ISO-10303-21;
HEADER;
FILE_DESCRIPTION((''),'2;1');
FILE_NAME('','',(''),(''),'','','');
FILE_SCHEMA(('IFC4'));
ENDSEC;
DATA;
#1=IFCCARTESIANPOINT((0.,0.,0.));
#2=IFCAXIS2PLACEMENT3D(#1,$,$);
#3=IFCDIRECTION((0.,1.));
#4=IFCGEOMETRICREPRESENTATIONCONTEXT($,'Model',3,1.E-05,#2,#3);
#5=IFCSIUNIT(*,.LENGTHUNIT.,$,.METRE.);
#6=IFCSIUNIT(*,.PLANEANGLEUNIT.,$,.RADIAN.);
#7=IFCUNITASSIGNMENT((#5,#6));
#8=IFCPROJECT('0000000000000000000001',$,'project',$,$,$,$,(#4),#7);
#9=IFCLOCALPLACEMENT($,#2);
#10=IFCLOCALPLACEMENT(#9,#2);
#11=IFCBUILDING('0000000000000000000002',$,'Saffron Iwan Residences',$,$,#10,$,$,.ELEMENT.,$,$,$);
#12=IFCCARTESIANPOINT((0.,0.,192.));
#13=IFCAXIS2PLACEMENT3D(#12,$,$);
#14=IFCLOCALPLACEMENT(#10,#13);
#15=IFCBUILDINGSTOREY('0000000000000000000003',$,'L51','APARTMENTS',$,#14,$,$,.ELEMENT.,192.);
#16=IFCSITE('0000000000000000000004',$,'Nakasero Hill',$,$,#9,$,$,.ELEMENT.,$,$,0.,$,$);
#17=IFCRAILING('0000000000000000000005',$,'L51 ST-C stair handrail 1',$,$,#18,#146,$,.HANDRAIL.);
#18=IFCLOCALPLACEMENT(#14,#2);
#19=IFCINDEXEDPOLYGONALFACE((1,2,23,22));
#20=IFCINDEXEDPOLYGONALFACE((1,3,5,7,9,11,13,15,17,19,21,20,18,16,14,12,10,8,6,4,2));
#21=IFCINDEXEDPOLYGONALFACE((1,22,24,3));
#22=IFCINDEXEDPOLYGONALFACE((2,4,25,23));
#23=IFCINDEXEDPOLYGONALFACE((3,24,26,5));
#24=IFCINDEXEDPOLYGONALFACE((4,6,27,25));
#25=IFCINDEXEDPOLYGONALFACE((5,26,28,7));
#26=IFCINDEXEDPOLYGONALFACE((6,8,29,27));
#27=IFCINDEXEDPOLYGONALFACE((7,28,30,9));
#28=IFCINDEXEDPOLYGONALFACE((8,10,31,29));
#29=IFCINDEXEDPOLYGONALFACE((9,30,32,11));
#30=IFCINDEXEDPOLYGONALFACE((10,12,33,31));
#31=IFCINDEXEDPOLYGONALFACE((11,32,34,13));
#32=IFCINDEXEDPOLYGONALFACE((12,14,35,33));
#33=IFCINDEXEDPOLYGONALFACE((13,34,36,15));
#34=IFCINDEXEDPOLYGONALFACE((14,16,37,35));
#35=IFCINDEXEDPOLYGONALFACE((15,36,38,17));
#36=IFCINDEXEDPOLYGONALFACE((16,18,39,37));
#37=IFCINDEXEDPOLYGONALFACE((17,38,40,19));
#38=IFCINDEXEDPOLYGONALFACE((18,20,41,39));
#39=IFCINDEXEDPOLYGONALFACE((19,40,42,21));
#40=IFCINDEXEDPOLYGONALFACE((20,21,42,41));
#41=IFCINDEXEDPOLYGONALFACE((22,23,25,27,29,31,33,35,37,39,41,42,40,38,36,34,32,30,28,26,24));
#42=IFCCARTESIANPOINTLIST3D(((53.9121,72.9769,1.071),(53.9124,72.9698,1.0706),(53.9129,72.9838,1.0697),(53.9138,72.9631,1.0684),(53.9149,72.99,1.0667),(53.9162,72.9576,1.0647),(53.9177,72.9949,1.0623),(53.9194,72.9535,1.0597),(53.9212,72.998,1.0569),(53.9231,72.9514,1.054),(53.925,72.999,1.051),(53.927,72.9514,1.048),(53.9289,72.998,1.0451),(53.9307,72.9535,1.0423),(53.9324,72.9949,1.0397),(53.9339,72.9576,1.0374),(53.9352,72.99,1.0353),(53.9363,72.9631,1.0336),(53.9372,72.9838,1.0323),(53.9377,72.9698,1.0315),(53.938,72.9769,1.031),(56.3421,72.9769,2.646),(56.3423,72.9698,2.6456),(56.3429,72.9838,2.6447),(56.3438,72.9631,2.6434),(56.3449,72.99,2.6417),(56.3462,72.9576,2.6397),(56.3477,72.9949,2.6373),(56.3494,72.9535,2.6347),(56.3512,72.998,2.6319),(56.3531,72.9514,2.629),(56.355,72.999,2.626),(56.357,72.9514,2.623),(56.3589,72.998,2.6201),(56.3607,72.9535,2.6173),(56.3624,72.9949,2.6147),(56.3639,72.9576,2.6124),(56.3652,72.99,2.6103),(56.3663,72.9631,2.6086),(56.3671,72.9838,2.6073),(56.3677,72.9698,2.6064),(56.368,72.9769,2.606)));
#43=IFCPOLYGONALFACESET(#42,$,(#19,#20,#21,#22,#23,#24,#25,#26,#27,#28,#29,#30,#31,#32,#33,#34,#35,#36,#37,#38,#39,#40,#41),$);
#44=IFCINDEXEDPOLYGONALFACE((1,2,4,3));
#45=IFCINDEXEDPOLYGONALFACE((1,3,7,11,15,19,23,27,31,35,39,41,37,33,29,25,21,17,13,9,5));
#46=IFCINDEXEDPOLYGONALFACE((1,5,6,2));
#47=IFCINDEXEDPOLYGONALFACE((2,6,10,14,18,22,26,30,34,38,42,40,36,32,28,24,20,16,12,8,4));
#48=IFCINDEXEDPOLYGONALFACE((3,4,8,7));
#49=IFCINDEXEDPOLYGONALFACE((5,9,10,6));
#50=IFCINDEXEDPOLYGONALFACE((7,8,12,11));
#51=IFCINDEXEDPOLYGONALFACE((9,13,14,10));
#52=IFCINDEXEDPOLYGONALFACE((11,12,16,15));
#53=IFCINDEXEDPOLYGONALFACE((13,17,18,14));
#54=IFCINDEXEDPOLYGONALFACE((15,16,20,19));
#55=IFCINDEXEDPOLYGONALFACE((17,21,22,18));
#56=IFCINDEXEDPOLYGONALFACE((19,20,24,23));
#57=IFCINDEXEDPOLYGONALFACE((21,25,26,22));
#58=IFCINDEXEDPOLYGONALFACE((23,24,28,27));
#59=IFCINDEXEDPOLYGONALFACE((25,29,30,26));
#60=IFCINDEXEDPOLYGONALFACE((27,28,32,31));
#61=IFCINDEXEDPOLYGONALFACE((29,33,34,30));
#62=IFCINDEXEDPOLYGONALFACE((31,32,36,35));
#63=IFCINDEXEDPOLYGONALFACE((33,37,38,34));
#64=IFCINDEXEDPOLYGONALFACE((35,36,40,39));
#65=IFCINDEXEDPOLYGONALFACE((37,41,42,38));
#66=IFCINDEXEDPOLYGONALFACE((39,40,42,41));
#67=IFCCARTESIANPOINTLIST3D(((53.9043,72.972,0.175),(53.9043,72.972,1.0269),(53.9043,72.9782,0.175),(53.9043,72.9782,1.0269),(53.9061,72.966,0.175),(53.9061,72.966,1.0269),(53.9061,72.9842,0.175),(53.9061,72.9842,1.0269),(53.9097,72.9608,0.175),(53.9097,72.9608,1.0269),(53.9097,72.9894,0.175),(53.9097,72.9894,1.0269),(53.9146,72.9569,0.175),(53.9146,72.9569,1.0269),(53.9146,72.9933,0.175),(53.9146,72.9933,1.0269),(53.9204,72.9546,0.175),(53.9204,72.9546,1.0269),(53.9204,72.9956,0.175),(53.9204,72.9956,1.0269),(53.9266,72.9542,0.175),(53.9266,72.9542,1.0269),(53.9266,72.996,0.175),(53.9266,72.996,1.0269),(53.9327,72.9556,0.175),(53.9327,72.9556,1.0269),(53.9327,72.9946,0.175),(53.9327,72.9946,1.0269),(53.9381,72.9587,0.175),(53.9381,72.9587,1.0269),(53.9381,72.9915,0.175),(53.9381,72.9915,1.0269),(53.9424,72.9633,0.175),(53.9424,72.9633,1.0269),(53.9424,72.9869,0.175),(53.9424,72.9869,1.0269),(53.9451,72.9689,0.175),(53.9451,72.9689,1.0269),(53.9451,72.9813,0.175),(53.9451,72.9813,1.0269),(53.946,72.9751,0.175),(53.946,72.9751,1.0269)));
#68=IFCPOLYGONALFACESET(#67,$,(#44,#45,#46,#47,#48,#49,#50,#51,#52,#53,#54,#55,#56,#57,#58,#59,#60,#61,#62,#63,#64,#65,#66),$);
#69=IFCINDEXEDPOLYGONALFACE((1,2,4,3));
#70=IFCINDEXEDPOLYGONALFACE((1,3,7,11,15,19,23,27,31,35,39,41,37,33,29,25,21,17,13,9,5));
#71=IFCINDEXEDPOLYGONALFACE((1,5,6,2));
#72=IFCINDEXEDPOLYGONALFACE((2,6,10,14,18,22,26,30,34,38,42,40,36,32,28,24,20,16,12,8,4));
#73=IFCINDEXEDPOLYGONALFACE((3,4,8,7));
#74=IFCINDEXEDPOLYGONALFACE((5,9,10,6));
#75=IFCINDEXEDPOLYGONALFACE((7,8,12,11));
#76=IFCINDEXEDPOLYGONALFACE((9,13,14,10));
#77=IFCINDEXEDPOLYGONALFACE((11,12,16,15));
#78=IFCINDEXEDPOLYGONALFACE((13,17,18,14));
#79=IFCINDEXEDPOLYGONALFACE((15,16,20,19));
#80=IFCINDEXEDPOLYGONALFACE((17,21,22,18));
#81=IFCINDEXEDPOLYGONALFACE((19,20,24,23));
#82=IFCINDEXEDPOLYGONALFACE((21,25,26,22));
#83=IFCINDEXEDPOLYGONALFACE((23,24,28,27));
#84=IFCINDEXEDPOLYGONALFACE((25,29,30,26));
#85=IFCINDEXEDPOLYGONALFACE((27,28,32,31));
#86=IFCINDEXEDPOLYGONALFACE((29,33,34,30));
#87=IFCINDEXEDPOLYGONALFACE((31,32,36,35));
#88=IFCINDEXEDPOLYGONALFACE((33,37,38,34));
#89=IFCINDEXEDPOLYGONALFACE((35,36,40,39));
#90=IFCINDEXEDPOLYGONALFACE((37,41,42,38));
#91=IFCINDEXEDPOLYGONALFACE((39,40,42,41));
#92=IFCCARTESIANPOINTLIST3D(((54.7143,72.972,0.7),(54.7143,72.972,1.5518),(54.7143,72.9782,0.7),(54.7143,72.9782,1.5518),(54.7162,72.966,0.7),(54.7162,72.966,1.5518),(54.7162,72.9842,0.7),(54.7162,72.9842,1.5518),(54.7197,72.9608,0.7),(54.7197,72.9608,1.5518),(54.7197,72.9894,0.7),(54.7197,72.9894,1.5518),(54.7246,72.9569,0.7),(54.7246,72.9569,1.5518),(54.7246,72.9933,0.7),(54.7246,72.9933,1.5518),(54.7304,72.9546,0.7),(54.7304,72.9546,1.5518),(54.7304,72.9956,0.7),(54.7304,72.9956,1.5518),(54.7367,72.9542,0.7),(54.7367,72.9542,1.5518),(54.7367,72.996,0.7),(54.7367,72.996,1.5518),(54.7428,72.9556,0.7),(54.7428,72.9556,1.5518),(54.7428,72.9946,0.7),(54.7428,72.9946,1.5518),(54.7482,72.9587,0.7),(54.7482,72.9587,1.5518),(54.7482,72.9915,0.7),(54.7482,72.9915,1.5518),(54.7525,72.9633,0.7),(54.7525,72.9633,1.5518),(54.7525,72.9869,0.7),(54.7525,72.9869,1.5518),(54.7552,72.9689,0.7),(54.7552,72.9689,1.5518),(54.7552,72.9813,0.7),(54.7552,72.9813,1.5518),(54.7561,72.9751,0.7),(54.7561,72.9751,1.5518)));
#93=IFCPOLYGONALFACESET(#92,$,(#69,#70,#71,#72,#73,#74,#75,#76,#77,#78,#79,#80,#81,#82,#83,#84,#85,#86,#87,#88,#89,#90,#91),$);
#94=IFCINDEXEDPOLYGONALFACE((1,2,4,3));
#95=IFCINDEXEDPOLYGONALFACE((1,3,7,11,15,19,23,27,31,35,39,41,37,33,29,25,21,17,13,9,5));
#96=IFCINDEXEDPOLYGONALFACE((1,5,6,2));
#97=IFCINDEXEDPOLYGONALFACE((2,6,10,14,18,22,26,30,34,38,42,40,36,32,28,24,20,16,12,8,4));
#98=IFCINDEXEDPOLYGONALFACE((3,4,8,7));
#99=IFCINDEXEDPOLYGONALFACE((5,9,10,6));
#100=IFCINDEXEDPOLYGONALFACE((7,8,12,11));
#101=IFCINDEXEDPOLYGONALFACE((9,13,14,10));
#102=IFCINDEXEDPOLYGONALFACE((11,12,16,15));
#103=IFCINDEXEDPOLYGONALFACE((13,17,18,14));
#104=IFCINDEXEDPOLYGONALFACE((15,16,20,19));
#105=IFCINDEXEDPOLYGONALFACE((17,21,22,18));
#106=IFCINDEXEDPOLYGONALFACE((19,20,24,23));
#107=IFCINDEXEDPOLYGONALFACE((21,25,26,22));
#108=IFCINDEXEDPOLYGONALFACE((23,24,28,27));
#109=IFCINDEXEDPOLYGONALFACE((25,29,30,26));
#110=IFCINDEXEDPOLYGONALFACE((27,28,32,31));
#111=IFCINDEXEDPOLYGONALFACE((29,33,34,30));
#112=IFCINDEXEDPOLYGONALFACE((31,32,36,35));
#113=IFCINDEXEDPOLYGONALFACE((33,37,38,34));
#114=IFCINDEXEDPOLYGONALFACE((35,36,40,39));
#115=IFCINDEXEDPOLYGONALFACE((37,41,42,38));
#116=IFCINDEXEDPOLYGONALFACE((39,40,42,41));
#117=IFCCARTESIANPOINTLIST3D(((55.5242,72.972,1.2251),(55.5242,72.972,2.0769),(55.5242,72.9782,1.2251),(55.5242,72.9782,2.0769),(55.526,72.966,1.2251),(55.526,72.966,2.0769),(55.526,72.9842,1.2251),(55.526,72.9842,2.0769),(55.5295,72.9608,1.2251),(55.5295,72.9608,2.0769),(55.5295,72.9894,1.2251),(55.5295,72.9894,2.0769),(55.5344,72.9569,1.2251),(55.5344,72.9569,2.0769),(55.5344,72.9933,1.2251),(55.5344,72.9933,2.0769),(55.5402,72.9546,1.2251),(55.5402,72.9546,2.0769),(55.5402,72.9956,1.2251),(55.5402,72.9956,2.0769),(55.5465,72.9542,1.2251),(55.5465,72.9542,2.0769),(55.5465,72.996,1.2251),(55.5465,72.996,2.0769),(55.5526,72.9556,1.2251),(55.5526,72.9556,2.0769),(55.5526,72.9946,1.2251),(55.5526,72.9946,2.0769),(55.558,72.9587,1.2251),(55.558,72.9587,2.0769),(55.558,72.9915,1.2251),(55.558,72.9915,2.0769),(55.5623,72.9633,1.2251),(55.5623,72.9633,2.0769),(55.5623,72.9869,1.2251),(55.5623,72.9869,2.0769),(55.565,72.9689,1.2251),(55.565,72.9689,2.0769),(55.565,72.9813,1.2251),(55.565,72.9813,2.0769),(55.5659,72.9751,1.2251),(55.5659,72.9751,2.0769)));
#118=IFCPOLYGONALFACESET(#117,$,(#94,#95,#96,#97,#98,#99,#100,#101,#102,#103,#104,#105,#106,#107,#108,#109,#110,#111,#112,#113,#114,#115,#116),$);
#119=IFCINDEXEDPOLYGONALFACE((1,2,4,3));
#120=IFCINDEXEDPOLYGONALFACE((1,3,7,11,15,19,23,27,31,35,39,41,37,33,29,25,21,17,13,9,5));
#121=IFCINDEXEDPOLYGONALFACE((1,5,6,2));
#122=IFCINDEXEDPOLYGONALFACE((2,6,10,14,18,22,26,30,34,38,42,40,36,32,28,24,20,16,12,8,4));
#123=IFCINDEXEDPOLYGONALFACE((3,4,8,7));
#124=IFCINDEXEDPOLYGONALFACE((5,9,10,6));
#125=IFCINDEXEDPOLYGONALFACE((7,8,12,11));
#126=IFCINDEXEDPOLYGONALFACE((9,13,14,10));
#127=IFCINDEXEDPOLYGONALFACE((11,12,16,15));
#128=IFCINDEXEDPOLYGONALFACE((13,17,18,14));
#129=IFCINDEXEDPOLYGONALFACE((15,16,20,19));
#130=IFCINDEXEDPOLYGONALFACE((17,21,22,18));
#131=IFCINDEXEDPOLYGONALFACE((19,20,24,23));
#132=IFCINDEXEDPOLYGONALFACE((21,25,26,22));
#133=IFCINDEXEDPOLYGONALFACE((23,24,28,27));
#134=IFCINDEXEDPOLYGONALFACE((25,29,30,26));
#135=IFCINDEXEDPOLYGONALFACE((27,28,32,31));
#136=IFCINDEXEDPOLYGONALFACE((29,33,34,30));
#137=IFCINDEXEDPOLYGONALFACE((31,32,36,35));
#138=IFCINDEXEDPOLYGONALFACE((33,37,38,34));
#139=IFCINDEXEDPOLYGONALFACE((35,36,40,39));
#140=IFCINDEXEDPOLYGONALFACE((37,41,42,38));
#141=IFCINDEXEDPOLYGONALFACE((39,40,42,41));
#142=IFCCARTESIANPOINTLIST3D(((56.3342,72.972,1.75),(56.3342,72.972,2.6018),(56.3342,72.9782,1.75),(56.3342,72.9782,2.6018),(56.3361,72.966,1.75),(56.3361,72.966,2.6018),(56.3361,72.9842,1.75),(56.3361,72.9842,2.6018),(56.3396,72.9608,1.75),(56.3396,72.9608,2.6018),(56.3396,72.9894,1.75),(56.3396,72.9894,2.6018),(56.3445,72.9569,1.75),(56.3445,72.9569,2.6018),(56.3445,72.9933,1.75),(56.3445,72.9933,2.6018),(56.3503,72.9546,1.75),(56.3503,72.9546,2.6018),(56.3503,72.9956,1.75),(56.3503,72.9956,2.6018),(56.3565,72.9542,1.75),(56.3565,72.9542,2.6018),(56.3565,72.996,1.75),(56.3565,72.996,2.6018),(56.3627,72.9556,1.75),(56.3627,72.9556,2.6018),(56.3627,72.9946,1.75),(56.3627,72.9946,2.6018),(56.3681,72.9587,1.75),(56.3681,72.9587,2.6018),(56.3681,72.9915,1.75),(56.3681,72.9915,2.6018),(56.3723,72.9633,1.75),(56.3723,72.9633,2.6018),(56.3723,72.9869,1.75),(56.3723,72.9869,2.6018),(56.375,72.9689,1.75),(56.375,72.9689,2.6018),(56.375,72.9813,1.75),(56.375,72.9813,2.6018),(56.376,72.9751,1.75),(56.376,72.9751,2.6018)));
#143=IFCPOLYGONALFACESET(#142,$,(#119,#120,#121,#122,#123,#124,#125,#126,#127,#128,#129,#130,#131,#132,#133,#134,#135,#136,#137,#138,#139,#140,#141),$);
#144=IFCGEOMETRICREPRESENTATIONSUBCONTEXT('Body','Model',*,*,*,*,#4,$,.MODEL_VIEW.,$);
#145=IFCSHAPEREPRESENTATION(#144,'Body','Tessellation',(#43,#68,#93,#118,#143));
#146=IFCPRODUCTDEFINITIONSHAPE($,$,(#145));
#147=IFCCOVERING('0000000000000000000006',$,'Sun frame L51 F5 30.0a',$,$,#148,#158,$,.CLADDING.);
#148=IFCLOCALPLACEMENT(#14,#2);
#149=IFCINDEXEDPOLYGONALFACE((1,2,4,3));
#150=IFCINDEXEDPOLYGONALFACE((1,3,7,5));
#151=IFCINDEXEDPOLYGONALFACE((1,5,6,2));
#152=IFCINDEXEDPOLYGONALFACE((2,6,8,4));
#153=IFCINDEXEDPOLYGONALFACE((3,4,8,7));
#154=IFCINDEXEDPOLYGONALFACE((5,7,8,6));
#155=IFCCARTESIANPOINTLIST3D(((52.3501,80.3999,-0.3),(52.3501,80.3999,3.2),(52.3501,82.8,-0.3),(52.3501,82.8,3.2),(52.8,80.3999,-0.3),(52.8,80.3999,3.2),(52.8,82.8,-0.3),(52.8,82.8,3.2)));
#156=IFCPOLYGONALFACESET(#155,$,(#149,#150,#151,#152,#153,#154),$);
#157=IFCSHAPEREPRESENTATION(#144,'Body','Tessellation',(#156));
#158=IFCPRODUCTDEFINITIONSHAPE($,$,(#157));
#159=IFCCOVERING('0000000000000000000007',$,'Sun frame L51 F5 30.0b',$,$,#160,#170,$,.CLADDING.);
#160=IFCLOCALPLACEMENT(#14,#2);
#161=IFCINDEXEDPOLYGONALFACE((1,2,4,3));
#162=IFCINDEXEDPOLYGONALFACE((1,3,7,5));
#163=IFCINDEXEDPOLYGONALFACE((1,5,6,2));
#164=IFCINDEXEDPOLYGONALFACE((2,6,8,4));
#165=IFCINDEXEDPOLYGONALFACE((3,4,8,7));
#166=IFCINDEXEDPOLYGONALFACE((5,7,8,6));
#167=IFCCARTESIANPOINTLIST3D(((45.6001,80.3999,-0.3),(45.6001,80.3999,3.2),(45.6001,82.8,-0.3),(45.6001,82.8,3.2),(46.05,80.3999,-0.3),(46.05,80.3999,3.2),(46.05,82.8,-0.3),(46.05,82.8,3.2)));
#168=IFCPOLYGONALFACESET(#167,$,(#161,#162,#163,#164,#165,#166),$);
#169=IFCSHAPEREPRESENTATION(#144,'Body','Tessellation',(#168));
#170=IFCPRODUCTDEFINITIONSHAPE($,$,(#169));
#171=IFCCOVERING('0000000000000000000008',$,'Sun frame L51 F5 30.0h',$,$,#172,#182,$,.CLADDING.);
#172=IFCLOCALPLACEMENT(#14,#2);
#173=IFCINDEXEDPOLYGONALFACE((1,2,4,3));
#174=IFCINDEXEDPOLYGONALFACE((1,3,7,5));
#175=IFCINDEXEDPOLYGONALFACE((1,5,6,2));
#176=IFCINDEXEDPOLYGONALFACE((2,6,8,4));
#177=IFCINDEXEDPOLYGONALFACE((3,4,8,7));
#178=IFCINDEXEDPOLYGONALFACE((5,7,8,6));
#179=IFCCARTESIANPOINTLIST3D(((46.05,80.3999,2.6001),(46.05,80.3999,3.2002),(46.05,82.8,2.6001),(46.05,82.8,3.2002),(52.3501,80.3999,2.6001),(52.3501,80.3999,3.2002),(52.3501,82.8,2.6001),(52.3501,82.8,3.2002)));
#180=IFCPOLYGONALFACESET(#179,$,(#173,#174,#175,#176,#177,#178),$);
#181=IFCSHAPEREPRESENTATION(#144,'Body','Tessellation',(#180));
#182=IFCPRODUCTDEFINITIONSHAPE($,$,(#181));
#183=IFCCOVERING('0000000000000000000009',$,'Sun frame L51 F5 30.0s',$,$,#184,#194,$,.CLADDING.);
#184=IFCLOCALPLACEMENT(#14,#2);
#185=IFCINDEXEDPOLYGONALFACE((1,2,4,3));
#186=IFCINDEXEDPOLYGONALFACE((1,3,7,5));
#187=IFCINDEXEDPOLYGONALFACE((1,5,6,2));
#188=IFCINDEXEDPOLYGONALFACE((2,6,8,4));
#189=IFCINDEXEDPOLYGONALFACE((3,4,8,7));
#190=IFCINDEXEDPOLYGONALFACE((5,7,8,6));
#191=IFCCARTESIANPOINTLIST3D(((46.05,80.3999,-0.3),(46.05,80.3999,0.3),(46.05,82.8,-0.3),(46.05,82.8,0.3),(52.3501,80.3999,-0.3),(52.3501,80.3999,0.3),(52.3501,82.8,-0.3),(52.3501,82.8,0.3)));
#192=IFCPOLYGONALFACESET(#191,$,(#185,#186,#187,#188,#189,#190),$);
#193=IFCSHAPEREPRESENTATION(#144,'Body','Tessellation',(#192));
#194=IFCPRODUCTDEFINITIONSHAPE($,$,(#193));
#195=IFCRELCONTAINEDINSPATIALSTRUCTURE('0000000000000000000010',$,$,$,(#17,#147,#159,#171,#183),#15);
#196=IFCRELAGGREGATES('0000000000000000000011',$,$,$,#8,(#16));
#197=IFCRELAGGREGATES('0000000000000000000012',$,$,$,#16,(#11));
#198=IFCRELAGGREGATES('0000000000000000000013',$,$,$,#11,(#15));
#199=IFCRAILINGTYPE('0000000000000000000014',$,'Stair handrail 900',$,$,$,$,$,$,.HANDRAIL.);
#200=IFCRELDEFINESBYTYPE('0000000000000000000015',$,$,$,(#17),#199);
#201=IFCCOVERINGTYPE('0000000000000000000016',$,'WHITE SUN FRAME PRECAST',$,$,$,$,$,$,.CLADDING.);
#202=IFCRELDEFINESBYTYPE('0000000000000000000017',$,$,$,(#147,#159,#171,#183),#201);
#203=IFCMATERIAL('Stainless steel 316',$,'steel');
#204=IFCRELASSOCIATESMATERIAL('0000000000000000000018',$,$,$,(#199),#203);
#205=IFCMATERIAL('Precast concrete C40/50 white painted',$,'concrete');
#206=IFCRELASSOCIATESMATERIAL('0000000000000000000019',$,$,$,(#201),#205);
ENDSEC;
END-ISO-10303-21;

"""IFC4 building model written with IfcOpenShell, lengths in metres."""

from ifc_helpers import new_model, si_unit, direction, frame, origin, origin_2d, place, context, subcontext, project, spatial, polyline, circle, outline, extrude, material, type_object, element, save


model = new_model("IFC4")

# Units and contexts
model_context = context("Model", 3, precision=1e-05, world=origin(), true_north=direction((0.0, 1.0)))
body_context = subcontext(model_context, "Body", "Model", "MODEL_VIEW")
ifc_project = project(units=[si_unit("LENGTHUNIT", "METRE"), si_unit("PLANEANGLEUNIT", "RADIAN")], contexts=[model_context])

# Site, building, storey
site_placement = place(None, origin())
site = spatial("IfcSite", under=ifc_project, at=site_placement, Name="Nakasero Hill", CompositionType="ELEMENT", RefElevation=0.0)
building_placement = place(site_placement, origin())
building = spatial("IfcBuilding", under=site, at=building_placement, Name="Saffron Iwan Residences", CompositionType="ELEMENT")
storey_placement = place(building_placement, frame((0.0, 0.0, 192.0)))
storey = spatial("IfcBuildingStorey", under=building, at=storey_placement, Name="L51", Description="APARTMENTS", CompositionType="ELEMENT", Elevation=192.0)

# Railing
ifc_material_1 = material(Name="Stainless steel 316", Category="steel")
railing_type_1 = type_object("IfcRailingType", Name="Stair handrail 900", PredefinedType="HANDRAIL", material=ifc_material_1)
railing_1_placement = place(storey_placement, frame((53.925, 72.9751, 0.175)))
element("IfcRailing", 1, at=railing_1_placement, inside=storey, type_object=railing_type_1, Name="L51 ST-C stair handrail 1", PredefinedType="HANDRAIL", context=body_context, shape_type="SweptSolid", body=[
    extrude(circle(Radius=0.0239, at=origin_2d()), frame((0.0, 0.0, 0.876), z_axis=(0.839154, 0.0, 0.543894), x_axis=(0.0, 1.0, 0.0)), (0.0, 0.0, 1.0), 2.8958),
    extrude(circle(Radius=0.021, at=origin_2d()), origin(), (0.0, 0.0, 1.0), 0.8518),
    extrude(circle(Radius=0.021, at=origin_2d()), frame((0.8101, 0.0, 0.5249)), (0.0, 0.0, 1.0), 0.8518),
    extrude(circle(Radius=0.021, at=origin_2d()), frame((1.6199, 0.0, 1.05)), (0.0, 0.0, 1.0), 0.8518),
    extrude(circle(Radius=0.021, at=origin_2d()), frame((2.4299, 0.0, 1.575)), (0.0, 0.0, 1.0), 0.8518),
])

# Coverings
ifc_material_2 = material(Name="Precast concrete C40/50 white painted", Category="concrete")
covering_type_1 = type_object("IfcCoveringType", Name="WHITE SUN FRAME PRECAST", PredefinedType="CLADDING", material=ifc_material_2)
for number, where, z_axis, x_axis, name in (
    (2, (52.8, 80.3999, -0.3), (0.0, 1.0, 0.0), (-1.0, 0.0, 0.0), "Sun frame L51 F5 30.0a"),
    (3, (46.05, 80.3999, -0.3), (0.0, 1.0, 0.0), (-1.0, 0.0, 0.0), "Sun frame L51 F5 30.0b"),
):
    element("IfcCovering", number, at=place(storey_placement, frame(where, z_axis=z_axis, x_axis=x_axis)), inside=storey, type_object=covering_type_1, Name=name, PredefinedType="CLADDING", context=body_context, shape_type="SweptSolid", body=[
        extrude(outline(polyline([(0.0, 0.0), (0.45, 0.0), (0.45, 3.5), (0.0, 3.5), (0.0, 0.0)])), origin(), (0.0, 0.0, 1.0), 2.4001),
    ])
for number, where, z_axis, x_axis, name in (
    (4, (52.3501, 80.3999, 2.6001), (0.0, 1.0, 0.0), (-1.0, 0.0, 0.0), "Sun frame L51 F5 30.0h"),
    (5, (52.3501, 80.3999, -0.3), (0.0, 1.0, 0.0), (-1.0, 0.0, 0.0), "Sun frame L51 F5 30.0s"),
):
    element("IfcCovering", number, at=place(storey_placement, frame(where, z_axis=z_axis, x_axis=x_axis)), inside=storey, type_object=covering_type_1, Name=name, PredefinedType="CLADDING", context=body_context, shape_type="SweptSolid", body=[
        extrude(outline(polyline([(0.0, 0.0), (6.3, 0.0), (6.3, 0.6001), (0.0, 0.6001), (0.0, 0.0)])), origin(), (0.0, 0.0, 1.0), 2.4001),
    ])

save(model, "model.ifc")
